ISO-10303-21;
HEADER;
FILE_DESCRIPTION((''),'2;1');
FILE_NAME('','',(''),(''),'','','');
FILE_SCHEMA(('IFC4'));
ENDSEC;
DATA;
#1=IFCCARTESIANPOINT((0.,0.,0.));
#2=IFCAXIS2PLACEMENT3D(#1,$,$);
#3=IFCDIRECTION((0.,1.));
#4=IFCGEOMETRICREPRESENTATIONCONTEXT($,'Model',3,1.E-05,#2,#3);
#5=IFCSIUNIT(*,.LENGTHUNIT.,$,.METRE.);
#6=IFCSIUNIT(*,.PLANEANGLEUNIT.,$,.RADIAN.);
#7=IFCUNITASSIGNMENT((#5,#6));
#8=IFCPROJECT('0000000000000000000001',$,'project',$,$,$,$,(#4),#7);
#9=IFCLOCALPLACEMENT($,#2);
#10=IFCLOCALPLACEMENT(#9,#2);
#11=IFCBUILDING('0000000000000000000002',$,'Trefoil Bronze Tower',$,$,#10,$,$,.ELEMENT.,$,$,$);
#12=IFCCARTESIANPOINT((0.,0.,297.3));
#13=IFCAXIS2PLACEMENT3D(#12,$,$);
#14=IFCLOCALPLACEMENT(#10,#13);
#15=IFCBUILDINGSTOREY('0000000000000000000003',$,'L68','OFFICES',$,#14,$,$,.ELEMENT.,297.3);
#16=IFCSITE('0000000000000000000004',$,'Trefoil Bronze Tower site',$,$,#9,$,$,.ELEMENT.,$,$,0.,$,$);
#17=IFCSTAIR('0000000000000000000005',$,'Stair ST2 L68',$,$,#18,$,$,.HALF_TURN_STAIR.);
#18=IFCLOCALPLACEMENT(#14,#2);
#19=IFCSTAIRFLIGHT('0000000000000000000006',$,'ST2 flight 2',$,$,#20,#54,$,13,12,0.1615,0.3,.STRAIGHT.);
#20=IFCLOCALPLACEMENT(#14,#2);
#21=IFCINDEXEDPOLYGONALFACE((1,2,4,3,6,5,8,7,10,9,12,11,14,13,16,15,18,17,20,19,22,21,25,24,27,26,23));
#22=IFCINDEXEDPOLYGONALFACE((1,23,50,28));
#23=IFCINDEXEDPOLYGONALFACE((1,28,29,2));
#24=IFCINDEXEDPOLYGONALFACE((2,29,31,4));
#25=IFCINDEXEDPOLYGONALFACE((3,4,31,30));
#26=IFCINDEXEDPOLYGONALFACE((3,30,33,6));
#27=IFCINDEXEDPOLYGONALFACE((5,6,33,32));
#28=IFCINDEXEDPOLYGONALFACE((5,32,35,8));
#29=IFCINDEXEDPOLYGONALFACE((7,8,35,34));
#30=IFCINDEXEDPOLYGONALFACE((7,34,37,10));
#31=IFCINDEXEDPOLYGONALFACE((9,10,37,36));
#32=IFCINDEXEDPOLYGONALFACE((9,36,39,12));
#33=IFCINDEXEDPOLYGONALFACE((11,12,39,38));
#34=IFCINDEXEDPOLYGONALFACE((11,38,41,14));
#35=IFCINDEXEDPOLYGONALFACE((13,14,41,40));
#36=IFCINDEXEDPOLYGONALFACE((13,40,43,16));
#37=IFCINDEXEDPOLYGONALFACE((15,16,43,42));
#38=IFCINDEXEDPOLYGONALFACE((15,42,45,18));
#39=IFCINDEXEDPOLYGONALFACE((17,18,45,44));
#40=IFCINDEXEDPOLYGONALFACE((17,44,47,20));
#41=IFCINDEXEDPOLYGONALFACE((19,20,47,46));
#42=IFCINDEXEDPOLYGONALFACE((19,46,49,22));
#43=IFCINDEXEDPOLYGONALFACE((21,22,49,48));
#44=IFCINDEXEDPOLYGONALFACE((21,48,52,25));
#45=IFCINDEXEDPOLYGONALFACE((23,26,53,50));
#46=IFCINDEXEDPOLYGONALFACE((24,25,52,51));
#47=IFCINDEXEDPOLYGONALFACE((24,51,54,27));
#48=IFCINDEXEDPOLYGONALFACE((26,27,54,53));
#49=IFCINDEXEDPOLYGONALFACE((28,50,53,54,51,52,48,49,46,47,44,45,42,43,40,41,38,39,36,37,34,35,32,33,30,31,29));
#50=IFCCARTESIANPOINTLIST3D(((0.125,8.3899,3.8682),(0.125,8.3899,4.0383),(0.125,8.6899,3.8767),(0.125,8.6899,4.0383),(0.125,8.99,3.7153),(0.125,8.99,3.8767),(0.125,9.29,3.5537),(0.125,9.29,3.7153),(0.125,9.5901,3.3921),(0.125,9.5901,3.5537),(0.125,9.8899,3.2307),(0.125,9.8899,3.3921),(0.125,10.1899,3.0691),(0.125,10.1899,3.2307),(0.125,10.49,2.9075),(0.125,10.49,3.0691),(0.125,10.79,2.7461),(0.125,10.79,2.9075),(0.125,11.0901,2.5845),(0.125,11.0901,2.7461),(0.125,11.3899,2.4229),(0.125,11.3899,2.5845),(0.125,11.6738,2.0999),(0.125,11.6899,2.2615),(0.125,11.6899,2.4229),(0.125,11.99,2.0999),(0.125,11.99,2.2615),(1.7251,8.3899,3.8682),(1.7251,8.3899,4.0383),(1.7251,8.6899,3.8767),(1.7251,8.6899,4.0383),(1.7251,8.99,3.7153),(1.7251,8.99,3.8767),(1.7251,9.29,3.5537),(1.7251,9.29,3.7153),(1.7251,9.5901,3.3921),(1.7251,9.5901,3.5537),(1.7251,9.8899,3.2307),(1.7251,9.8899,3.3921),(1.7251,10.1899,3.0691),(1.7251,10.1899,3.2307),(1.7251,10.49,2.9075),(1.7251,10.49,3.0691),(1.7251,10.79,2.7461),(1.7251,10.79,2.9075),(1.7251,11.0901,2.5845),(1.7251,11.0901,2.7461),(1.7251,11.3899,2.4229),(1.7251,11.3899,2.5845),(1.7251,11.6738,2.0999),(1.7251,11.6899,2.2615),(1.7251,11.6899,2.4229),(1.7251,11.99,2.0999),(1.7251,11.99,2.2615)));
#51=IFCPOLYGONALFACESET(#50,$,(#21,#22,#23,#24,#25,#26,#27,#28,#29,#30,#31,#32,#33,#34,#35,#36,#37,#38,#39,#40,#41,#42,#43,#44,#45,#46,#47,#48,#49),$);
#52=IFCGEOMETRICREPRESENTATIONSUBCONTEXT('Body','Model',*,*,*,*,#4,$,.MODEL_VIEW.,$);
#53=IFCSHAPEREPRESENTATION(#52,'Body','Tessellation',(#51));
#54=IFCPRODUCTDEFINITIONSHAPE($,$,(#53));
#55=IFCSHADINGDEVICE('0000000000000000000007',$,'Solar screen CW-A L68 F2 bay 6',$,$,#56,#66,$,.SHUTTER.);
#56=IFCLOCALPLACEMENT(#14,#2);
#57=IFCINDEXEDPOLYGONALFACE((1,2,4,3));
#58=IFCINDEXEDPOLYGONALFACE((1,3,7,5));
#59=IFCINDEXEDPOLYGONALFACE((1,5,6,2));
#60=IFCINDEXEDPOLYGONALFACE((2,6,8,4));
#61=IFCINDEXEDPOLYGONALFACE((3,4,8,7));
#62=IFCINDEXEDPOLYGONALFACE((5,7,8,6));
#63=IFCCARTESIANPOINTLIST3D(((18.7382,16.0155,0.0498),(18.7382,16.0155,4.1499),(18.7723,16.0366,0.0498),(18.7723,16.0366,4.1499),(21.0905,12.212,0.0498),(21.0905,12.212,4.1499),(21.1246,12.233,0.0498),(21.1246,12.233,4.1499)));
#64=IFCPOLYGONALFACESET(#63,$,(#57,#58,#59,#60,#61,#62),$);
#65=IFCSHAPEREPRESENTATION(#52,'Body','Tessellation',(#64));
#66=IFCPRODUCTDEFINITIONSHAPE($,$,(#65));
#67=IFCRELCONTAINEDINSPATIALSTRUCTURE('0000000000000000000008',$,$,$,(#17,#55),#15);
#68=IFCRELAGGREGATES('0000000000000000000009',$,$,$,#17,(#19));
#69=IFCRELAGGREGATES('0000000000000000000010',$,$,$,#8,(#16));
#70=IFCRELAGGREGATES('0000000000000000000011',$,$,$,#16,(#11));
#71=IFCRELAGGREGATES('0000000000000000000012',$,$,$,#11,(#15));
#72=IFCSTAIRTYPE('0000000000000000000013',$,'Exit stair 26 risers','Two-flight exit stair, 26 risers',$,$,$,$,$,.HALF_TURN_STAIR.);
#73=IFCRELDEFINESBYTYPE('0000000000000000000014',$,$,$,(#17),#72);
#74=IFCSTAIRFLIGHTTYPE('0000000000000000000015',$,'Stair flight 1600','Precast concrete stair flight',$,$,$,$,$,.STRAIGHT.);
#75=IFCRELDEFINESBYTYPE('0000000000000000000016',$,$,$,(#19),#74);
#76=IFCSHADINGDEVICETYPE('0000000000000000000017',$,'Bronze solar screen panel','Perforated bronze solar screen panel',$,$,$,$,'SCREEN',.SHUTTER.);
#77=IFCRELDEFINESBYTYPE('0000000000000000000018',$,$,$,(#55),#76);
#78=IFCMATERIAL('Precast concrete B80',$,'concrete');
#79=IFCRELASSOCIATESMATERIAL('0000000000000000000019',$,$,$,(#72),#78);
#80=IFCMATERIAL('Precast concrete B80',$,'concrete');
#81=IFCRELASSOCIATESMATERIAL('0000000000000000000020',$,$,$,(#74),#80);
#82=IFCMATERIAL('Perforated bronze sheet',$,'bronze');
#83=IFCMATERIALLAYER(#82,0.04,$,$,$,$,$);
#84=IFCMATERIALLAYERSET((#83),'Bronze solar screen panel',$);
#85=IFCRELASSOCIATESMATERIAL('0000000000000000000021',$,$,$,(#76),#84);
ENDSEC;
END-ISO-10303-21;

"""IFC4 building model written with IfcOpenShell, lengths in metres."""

from ifc_helpers import new_model, si_unit, direction, frame, origin, origin_2d, place, context, subcontext, project, spatial, polyline, rectangle, outline, extrude, material, layer, layer_set, type_object, element, aggregate, save


model = new_model("IFC4")

# Units and contexts
model_context = context("Model", 3, precision=1e-05, world=origin(), true_north=direction((0.0, 1.0)))
body_context = subcontext(model_context, "Body", "Model", "MODEL_VIEW")
ifc_project = project(units=[si_unit("LENGTHUNIT", "METRE"), si_unit("PLANEANGLEUNIT", "RADIAN")], contexts=[model_context])

# Site, building, storey
site_placement = place(None, origin())
site = spatial("IfcSite", under=ifc_project, at=site_placement, Name="Trefoil Bronze Tower site", CompositionType="ELEMENT", RefElevation=0.0)
building_placement = place(site_placement, origin())
building = spatial("IfcBuilding", under=site, at=building_placement, Name="Trefoil Bronze Tower", CompositionType="ELEMENT")
storey_placement = place(building_placement, frame((0.0, 0.0, 297.3)))
storey = spatial("IfcBuildingStorey", under=building, at=storey_placement, Name="L68", Description="OFFICES", CompositionType="ELEMENT", Elevation=297.3)

# Stair, stair flight
ifc_material_1 = material(Name="Precast concrete B80", Category="concrete")
stair_type = type_object("IfcStairType", Name="Exit stair 26 risers", Description="Two-flight exit stair, 26 risers", PredefinedType="HALF_TURN_STAIR", material=ifc_material_1)
stair_placement = place(storey_placement, origin())
stair = element("IfcStair", 1, at=stair_placement, inside=storey, type_object=stair_type, Name="Stair ST2 L68", PredefinedType="HALF_TURN_STAIR")
ifc_material_2 = material(Name="Precast concrete B80", Category="concrete")
stair_flight_type = type_object("IfcStairFlightType", Name="Stair flight 1600", Description="Precast concrete stair flight", PredefinedType="STRAIGHT", material=ifc_material_2)
stair_flight_placement = place(storey_placement, frame((0.925, 11.99, 2.0999), z_axis=(0.0, 0.0, 1.0), x_axis=(0.0, -1.0, 0.0)))
stair_flight = element("IfcStairFlight", 2, at=stair_flight_placement, type_object=stair_flight_type, Name="ST2 flight 2", NumberOfRisers=13, NumberOfTreads=12, PredefinedType="STRAIGHT", RiserHeight=0.1615, TreadLength=0.3, context=body_context, shape_type="SweptSolid", body=[
    extrude(outline(polyline([(0.0, 0.0), (0.0, 0.1616), (0.3, 0.1616), (0.3, 0.323), (0.6001, 0.323), (0.6001, 0.4846), (0.8999, 0.4846), (0.8999, 0.6462), (1.2, 0.6462), (1.2, 0.8076), (1.5, 0.8076), (1.5, 0.9692), (1.8, 0.9692), (1.8, 1.1309), (2.1001, 1.1309), (2.1001, 1.2922), (2.3999, 1.2922), (2.3999, 1.4539), (2.7, 1.4539), (2.7, 1.6155), (3.0, 1.6155), (3.0, 1.7769), (3.3, 1.7769), (3.3, 1.9385), (3.6001, 1.9385), (3.6001, 2.1001), (3.6001, 1.7683), (0.3162, 0.0), (0.0, 0.0)])), frame((0.0, 0.8, 0.0), z_axis=(0.0, -1.0, 0.0), x_axis=(1.0, 0.0, 0.0)), (0.0, 0.0, 1.0), 1.6001),
])
aggregate(stair, [stair_flight])

# Shading device
ifc_material_3 = material(Name="Perforated bronze sheet", Category="bronze")
ifc_layer_1 = layer(ifc_material_3, 0.04)
ifc_layer_set_1 = layer_set([ifc_layer_1], Name="Bronze solar screen panel")
shading_device_type = type_object("IfcShadingDeviceType", Name="Bronze solar screen panel", Description="Perforated bronze solar screen panel", ElementType="SCREEN", PredefinedType="SHUTTER", material=ifc_layer_set_1)
shading_device_placement = place(storey_placement, frame((19.9314, 14.1243, 0.0498), z_axis=(0.0, 0.0, 1.0), x_axis=(-0.52598, 0.850497, 0.0)))
element("IfcShadingDevice", 3, at=shading_device_placement, inside=storey, type_object=shading_device_type, Name="Solar screen CW-A L68 F2 bay 6", PredefinedType="SHUTTER", context=body_context, shape_type="SweptSolid", body=[
    extrude(rectangle(XDim=4.4722, YDim=0.04, at=origin_2d()), origin(), (0.0, 0.0, 1.0), 4.1001),
])

save(model, "model.ifc")
